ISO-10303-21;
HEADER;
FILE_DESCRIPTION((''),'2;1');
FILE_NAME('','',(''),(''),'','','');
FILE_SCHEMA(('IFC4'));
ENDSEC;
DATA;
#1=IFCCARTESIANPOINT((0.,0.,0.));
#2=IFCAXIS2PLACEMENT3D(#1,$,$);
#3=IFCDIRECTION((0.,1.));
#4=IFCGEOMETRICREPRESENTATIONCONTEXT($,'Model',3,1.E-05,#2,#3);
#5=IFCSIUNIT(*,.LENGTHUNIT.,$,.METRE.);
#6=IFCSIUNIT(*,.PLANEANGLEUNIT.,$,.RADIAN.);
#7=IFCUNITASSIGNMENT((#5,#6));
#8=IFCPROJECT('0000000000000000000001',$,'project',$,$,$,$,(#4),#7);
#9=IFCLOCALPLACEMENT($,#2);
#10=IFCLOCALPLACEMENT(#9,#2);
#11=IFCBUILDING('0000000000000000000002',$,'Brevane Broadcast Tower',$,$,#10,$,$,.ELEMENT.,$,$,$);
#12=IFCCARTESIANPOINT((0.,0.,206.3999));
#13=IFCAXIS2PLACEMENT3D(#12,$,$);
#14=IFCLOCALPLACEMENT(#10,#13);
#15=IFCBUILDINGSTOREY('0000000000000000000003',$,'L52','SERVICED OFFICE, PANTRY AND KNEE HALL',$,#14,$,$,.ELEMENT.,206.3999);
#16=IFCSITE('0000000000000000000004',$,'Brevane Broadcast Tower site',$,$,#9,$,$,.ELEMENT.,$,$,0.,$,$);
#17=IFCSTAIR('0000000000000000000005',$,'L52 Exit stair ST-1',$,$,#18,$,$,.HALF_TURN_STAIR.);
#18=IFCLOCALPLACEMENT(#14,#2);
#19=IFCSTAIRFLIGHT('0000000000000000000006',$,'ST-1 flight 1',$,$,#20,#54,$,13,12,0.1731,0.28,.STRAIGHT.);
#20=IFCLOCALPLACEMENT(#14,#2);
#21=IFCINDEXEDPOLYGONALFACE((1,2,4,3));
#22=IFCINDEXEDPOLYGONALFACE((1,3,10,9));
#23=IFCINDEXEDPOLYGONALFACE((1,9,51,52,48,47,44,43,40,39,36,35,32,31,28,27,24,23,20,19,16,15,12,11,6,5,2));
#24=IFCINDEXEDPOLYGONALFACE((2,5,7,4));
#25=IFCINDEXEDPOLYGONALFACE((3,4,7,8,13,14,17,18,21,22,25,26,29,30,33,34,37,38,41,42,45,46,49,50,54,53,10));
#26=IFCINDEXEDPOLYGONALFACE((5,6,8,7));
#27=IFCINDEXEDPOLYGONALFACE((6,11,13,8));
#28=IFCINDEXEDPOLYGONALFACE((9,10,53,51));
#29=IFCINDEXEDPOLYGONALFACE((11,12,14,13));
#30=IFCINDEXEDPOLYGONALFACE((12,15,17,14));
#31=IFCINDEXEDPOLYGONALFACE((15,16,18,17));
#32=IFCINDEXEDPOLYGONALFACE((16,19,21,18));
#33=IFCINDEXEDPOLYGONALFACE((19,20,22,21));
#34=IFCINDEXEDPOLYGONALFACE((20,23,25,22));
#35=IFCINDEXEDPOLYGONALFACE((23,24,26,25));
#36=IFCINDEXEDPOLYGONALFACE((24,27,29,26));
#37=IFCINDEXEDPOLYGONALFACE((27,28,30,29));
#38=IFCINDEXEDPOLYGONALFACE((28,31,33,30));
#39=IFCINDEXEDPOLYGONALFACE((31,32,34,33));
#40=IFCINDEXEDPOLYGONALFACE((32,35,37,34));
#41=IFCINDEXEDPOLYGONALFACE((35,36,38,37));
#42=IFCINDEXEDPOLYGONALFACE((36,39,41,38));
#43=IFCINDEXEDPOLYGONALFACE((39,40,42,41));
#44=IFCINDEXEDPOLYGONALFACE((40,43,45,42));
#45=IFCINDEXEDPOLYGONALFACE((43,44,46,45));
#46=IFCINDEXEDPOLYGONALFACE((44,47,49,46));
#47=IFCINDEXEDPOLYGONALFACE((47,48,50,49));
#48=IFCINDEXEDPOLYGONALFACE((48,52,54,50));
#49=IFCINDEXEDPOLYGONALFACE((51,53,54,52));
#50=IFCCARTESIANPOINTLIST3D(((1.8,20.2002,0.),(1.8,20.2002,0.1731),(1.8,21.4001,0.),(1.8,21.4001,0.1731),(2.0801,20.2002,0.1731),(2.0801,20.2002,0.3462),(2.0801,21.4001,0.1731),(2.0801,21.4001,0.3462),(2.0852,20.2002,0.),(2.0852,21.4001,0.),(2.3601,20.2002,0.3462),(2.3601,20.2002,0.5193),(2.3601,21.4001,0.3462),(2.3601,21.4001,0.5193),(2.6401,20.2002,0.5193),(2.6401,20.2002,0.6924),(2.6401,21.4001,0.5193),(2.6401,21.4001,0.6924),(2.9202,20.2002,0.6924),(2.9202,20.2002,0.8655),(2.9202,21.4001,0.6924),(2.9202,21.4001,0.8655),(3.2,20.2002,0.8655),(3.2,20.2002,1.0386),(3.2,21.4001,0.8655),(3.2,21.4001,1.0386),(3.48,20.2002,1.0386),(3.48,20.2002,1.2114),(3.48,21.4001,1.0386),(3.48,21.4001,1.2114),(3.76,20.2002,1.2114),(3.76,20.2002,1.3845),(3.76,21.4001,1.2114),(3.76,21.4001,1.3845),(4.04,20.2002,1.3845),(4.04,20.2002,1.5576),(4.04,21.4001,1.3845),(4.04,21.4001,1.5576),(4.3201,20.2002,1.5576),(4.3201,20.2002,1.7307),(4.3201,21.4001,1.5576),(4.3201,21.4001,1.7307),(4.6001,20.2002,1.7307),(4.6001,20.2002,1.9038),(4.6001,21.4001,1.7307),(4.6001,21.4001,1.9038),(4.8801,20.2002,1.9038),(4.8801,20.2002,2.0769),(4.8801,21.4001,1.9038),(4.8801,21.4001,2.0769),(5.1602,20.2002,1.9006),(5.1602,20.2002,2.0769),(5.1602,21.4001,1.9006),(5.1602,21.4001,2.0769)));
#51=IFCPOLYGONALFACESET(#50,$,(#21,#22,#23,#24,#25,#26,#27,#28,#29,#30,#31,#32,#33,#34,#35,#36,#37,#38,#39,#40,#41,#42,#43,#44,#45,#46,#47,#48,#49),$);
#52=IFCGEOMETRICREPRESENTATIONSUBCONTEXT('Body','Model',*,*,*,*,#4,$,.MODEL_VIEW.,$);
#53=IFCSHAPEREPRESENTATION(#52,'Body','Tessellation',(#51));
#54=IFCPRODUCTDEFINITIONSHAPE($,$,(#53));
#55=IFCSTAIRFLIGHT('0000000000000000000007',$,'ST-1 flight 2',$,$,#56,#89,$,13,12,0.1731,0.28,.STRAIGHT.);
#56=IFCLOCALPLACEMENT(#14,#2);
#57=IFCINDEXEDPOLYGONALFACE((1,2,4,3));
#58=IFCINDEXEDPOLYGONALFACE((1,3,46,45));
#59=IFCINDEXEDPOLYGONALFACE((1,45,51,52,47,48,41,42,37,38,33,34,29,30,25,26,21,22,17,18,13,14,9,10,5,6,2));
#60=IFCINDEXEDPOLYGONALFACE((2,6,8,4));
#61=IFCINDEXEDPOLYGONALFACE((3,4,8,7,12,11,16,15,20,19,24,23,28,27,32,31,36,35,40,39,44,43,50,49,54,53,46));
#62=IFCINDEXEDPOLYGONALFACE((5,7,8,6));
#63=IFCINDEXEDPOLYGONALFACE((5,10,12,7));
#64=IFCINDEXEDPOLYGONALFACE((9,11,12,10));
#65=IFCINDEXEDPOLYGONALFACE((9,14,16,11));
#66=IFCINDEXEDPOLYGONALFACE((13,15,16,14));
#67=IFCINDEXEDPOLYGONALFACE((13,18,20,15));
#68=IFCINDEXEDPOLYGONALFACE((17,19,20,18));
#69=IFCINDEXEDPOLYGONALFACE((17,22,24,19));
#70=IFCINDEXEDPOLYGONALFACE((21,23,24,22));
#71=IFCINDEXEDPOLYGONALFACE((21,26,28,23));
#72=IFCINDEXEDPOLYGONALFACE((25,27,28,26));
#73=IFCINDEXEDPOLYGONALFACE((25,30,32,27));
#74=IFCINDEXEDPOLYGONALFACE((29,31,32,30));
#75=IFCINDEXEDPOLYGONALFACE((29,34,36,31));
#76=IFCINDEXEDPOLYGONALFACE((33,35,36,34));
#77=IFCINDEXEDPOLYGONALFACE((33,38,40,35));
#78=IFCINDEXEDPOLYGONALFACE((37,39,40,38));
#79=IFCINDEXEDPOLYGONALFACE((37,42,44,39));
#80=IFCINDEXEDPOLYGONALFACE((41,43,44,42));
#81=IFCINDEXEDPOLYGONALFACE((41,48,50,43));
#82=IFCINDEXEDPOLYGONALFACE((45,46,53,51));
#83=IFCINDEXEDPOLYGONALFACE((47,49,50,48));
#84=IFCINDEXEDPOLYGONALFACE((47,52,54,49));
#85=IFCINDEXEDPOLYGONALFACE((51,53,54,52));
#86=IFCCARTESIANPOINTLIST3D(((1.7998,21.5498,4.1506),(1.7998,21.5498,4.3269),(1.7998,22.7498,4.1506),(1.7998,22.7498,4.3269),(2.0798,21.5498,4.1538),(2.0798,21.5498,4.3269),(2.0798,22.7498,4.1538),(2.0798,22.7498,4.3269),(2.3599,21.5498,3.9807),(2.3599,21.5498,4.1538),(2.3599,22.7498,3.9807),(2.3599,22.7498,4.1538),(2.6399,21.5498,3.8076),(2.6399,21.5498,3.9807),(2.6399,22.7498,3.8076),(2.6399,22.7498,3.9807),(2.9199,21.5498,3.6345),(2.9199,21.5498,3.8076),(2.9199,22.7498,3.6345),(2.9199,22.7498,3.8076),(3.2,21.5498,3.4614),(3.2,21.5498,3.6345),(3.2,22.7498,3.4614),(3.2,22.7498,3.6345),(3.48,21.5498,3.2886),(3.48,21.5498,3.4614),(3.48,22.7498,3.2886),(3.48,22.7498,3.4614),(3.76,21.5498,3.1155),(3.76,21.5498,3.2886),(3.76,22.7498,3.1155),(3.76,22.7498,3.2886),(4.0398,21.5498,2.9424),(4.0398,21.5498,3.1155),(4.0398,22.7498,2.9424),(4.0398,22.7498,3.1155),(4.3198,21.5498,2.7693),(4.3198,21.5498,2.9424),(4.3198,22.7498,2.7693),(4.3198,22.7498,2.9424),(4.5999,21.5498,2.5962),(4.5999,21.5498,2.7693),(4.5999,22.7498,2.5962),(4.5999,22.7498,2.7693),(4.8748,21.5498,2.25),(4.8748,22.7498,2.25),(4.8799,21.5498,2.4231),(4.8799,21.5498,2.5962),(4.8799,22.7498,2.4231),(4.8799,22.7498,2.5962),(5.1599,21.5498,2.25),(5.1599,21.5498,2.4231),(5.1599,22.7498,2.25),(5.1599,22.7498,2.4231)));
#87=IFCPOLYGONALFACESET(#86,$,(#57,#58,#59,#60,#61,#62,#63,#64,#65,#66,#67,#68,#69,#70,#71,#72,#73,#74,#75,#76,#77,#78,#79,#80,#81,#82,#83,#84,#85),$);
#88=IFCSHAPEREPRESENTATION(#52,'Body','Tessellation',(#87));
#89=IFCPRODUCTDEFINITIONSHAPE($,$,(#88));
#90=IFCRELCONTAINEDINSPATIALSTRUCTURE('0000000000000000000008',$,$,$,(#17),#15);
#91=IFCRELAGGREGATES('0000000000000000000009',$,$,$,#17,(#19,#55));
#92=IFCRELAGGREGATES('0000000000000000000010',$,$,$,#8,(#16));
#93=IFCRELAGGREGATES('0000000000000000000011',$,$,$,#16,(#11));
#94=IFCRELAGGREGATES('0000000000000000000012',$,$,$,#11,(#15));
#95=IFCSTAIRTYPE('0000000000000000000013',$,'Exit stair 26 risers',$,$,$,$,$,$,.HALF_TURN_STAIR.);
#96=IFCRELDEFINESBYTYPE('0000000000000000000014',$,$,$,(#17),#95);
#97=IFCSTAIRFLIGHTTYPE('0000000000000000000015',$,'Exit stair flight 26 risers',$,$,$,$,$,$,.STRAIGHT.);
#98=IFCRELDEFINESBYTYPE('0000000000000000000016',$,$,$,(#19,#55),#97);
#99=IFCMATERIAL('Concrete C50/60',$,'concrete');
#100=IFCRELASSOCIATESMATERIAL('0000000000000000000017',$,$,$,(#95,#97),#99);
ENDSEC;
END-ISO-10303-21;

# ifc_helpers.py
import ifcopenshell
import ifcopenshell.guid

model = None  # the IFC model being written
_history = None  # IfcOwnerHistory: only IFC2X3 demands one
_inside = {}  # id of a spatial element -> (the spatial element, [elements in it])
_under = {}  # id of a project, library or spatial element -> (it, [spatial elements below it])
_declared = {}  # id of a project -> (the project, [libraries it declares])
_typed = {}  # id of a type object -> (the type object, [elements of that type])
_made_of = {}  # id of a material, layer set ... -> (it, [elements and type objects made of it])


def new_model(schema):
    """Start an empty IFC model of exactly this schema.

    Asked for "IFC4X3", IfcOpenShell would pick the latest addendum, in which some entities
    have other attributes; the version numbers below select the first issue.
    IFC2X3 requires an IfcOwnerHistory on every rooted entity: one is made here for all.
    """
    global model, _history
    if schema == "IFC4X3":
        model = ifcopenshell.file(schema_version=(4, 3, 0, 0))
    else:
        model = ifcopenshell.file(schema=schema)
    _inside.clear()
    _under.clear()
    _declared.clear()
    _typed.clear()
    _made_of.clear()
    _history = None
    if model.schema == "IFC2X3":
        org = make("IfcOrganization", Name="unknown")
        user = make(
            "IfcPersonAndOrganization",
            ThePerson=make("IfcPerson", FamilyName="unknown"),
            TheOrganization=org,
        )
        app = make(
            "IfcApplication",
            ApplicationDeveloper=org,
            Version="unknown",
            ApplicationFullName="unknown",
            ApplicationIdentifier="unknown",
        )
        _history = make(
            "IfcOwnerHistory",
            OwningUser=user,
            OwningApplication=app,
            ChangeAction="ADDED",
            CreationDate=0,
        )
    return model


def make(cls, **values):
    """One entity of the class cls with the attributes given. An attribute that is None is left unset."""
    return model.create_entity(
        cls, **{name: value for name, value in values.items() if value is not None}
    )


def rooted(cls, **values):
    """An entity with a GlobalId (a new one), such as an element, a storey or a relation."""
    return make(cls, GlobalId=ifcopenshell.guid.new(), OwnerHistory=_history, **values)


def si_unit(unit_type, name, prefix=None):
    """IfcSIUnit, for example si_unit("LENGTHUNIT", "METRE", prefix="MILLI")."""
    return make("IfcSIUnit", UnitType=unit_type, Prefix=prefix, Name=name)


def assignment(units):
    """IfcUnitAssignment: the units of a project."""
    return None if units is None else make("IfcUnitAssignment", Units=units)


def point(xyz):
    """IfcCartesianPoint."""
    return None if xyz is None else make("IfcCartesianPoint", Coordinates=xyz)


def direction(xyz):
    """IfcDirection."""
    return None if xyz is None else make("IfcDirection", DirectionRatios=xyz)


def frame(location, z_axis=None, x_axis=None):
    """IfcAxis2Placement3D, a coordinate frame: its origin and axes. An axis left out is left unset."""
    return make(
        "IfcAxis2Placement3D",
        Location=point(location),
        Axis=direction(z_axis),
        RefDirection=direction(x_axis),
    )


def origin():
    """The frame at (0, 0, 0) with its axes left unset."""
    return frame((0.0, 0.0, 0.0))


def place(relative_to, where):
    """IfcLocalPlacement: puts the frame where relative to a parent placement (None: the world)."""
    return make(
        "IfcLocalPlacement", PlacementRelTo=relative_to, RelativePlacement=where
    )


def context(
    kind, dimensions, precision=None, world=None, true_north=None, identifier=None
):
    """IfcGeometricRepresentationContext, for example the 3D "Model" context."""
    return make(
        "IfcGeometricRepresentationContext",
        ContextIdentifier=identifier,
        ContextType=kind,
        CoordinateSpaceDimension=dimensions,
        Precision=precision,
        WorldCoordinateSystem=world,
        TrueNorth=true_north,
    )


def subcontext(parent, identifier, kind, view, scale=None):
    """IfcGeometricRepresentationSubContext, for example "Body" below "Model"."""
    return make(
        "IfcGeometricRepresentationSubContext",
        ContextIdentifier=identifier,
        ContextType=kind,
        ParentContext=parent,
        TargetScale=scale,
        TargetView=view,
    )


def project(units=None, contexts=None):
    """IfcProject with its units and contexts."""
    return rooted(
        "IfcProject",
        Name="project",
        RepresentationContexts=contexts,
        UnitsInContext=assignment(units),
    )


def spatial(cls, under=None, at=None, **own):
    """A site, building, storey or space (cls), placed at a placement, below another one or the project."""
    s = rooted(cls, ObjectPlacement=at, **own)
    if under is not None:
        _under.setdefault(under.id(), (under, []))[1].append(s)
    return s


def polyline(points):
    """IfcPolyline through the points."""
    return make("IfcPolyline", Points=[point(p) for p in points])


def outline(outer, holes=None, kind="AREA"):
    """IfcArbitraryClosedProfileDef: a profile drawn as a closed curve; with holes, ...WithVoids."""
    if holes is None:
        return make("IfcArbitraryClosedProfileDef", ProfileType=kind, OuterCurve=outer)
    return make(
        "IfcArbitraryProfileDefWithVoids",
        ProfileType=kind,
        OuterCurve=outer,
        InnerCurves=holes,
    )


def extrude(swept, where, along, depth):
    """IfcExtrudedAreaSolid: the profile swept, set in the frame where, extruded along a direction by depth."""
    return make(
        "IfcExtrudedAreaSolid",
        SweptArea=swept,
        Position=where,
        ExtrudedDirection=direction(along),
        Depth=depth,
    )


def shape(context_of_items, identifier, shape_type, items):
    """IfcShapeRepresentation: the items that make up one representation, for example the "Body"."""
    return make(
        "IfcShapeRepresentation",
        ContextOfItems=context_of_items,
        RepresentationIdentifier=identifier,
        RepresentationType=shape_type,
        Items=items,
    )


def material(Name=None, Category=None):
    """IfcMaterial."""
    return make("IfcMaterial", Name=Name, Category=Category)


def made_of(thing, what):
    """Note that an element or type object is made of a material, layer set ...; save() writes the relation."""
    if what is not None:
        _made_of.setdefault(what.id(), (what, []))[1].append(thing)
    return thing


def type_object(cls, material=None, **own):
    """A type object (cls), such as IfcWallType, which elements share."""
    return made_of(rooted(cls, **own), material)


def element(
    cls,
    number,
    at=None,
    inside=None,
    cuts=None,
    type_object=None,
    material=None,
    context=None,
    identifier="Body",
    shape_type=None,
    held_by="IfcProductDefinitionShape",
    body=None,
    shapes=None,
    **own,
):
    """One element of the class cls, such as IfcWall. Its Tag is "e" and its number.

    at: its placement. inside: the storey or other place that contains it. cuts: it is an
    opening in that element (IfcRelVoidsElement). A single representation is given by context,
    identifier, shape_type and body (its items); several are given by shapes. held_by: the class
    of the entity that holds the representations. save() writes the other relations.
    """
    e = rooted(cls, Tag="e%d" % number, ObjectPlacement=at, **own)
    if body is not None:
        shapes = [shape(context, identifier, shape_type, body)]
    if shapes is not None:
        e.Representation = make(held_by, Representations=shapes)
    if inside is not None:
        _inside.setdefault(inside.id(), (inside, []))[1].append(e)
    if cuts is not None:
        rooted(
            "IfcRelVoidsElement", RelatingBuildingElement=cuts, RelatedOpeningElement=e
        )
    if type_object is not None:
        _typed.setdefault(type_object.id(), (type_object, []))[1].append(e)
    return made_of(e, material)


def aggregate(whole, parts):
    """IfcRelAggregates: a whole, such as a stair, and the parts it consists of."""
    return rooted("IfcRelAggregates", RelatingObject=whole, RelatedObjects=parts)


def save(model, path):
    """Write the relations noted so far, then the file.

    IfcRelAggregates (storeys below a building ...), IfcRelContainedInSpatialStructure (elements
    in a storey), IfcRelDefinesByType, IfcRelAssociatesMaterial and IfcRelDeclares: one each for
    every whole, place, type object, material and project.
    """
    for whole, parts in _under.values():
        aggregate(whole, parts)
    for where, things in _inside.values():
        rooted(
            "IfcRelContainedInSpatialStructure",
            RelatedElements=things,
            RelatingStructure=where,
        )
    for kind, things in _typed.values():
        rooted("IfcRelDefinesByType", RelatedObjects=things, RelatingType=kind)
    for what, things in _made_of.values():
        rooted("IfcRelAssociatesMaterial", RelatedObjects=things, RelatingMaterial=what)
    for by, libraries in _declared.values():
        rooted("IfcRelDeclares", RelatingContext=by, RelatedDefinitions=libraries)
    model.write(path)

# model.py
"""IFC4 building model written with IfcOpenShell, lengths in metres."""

from ifc_helpers import new_model, si_unit, direction, frame, origin, place, context, subcontext, project, spatial, polyline, outline, extrude, material, type_object, element, aggregate, save


model = new_model("IFC4")

# Units and contexts
model_context = context("Model", 3, precision=1e-05, world=origin(), true_north=direction((0.0, 1.0)))
body_context = subcontext(model_context, "Body", "Model", "MODEL_VIEW")
ifc_project = project(units=[si_unit("LENGTHUNIT", "METRE"), si_unit("PLANEANGLEUNIT", "RADIAN")], contexts=[model_context])

# Site, building, storey
site_placement = place(None, origin())
site = spatial("IfcSite", under=ifc_project, at=site_placement, Name="Brevane Broadcast Tower site", CompositionType="ELEMENT", RefElevation=0.0)
building_placement = place(site_placement, origin())
building = spatial("IfcBuilding", under=site, at=building_placement, Name="Brevane Broadcast Tower", CompositionType="ELEMENT")
storey_placement = place(building_placement, frame((0.0, 0.0, 206.3999)))
storey = spatial("IfcBuildingStorey", under=building, at=storey_placement, Name="L52", Description="SERVICED OFFICE, PANTRY AND KNEE HALL", CompositionType="ELEMENT", Elevation=206.3999)

# Stair, stair flights
ifc_material_1 = material(Name="Concrete C50/60", Category="concrete")
stair_type = type_object("IfcStairType", Name="Exit stair 26 risers", PredefinedType="HALF_TURN_STAIR", material=ifc_material_1)
stair_placement = place(storey_placement, origin())
stair = element("IfcStair", 1, at=stair_placement, inside=storey, type_object=stair_type, Name="L52 Exit stair ST-1", PredefinedType="HALF_TURN_STAIR")
stair_flight_type = type_object("IfcStairFlightType", Name="Exit stair flight 26 risers", PredefinedType="STRAIGHT", material=ifc_material_1)
stair_flight_1_placement = place(storey_placement, frame((1.8, 20.8, 0.0), z_axis=(0.0, 0.0, 1.0), x_axis=(1.0, 0.0, 0.0)))
stair_flight_1 = element("IfcStairFlight", 2, at=stair_flight_1_placement, type_object=stair_flight_type, Name="ST-1 flight 1", NumberOfRisers=13, NumberOfTreads=12, PredefinedType="STRAIGHT", RiserHeight=0.1731, TreadLength=0.28, context=body_context, shape_type="SweptSolid", body=[
    extrude(outline(polyline([(0.0, 0.0), (0.0, 0.1731), (0.28, 0.1731), (0.28, 0.3462), (0.5601, 0.3462), (0.5601, 0.5193), (0.8401, 0.5193), (0.8401, 0.6924), (1.1201, 0.6924), (1.1201, 0.8655), (1.3999, 0.8655), (1.3999, 1.0386), (1.6799, 1.0386), (1.6799, 1.2114), (1.96, 1.2114), (1.96, 1.3845), (2.24, 1.3845), (2.24, 1.5576), (2.52, 1.5576), (2.52, 1.7307), (2.8, 1.7307), (2.8, 1.9038), (3.0801, 1.9038), (3.0801, 2.0769), (3.3601, 2.0769), (3.3601, 2.25), (3.3601, 1.9006), (0.2852, 0.0), (0.0, 0.0)])), frame((0.0, 0.6001, 0.0), z_axis=(0.0, -1.0, 0.0), x_axis=(1.0, 0.0, 0.0)), (0.0, 0.0, 1.0), 1.2),
])
stair_flight_2_placement = place(storey_placement, frame((5.1599, 22.1499, 2.25), z_axis=(0.0, 0.0, 1.0), x_axis=(-1.0, 0.0, 0.0)))
stair_flight_2 = element("IfcStairFlight", 3, at=stair_flight_2_placement, type_object=stair_flight_type, Name="ST-1 flight 2", NumberOfRisers=13, NumberOfTreads=12, PredefinedType="STRAIGHT", RiserHeight=0.1731, TreadLength=0.28, context=body_context, shape_type="SweptSolid", body=[
    extrude(outline(polyline([(0.0, 0.0), (0.0, 0.1731), (0.28, 0.1731), (0.28, 0.3462), (0.5601, 0.3462), (0.5601, 0.5193), (0.8401, 0.5193), (0.8401, 0.6924), (1.1201, 0.6924), (1.1201, 0.8655), (1.3999, 0.8655), (1.3999, 1.0386), (1.6799, 1.0386), (1.6799, 1.2114), (1.96, 1.2114), (1.96, 1.3845), (2.24, 1.3845), (2.24, 1.5576), (2.52, 1.5576), (2.52, 1.7307), (2.8, 1.7307), (2.8, 1.9038), (3.0801, 1.9038), (3.0801, 2.0769), (3.3601, 2.0769), (3.3601, 2.25), (3.3601, 1.9006), (0.2852, 0.0), (0.0, 0.0)])), frame((0.0, 0.6001, 0.0), z_axis=(0.0, -1.0, 0.0), x_axis=(1.0, 0.0, 0.0)), (0.0, 0.0, 1.0), 1.2),
])
aggregate(stair, [stair_flight_1, stair_flight_2])

save(model, "model.ifc")
